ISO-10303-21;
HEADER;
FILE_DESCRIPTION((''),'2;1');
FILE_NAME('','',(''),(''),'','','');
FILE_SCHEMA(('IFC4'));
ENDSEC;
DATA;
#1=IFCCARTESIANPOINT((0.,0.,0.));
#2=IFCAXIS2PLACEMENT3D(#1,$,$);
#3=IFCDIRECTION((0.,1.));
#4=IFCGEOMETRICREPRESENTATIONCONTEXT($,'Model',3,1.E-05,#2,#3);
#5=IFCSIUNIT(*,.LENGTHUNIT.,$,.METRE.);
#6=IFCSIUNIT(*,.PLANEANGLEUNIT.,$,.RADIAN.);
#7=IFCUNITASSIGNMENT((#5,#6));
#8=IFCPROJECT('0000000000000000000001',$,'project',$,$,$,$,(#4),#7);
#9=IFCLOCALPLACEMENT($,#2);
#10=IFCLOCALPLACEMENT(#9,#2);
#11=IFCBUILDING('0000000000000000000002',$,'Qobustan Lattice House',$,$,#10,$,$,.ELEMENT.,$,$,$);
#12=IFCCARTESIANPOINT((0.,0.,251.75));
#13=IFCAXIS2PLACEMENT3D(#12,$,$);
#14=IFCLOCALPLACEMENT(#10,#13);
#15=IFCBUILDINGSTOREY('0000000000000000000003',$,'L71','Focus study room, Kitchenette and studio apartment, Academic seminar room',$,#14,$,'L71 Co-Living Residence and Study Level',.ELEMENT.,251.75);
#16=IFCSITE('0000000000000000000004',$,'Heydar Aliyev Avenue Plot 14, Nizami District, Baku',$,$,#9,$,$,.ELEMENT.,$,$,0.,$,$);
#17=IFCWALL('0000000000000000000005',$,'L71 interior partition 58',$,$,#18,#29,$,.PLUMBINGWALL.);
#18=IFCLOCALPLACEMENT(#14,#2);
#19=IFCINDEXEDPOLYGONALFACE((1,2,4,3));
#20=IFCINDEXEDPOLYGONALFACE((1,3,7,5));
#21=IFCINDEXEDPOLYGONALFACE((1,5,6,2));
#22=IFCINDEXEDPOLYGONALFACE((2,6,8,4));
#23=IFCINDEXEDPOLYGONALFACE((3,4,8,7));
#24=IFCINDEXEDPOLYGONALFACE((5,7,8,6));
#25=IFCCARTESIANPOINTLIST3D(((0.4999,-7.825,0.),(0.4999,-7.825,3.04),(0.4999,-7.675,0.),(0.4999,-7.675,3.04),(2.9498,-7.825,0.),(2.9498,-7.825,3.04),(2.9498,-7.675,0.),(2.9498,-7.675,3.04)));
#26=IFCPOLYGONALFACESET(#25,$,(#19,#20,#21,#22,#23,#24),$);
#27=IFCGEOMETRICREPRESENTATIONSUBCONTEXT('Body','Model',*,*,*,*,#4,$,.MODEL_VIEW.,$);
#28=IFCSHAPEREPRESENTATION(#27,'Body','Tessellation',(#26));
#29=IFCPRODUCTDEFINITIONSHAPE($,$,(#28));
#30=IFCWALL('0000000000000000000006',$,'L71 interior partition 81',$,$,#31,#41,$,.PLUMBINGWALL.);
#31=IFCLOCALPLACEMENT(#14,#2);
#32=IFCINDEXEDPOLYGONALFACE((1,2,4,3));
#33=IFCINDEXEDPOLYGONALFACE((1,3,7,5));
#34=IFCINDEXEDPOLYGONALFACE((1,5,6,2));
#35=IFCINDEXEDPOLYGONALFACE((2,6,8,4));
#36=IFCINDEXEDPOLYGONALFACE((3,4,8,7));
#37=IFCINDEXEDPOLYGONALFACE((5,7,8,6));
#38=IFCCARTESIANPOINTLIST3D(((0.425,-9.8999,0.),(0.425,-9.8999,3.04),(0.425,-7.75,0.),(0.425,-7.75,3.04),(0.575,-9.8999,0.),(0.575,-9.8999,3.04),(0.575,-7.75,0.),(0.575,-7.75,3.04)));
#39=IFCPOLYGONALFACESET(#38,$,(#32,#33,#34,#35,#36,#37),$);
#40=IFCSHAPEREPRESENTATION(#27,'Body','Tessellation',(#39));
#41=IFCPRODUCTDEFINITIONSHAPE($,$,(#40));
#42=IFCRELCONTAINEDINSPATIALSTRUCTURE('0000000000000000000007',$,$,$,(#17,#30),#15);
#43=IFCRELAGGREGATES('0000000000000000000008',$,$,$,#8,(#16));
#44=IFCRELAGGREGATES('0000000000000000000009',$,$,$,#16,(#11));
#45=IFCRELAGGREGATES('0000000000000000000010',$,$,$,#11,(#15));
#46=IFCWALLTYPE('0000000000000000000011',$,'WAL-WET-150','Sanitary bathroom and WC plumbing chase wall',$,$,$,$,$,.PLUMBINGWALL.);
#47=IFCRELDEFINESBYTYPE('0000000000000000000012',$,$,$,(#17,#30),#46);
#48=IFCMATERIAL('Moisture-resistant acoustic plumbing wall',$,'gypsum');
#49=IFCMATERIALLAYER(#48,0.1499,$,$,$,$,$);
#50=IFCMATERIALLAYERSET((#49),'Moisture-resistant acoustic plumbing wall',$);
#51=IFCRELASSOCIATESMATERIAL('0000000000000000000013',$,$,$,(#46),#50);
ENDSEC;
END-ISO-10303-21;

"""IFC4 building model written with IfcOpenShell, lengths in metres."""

from ifc_helpers import new_model, si_unit, direction, frame, frame_2d, origin, place, context, subcontext, project, spatial, rectangle, extrude, material, layer, layer_set, type_object, element, save


model = new_model("IFC4")

# Units and contexts
model_context = context("Model", 3, precision=1e-05, world=origin(), true_north=direction((0.0, 1.0)))
body_context = subcontext(model_context, "Body", "Model", "MODEL_VIEW")
ifc_project = project(units=[si_unit("LENGTHUNIT", "METRE"), si_unit("PLANEANGLEUNIT", "RADIAN")], contexts=[model_context])

# Site, building, storey
site_placement = place(None, origin())
site = spatial("IfcSite", under=ifc_project, at=site_placement, Name="Heydar Aliyev Avenue Plot 14, Nizami District, Baku", CompositionType="ELEMENT", RefElevation=0.0)
building_placement = place(site_placement, origin())
building = spatial("IfcBuilding", under=site, at=building_placement, Name="Qobustan Lattice House", CompositionType="ELEMENT")
storey_placement = place(building_placement, frame((0.0, 0.0, 251.75)))
storey = spatial("IfcBuildingStorey", under=building, at=storey_placement, Name="L71", Description="Focus study room, Kitchenette and studio apartment, Academic seminar room", LongName="L71 Co-Living Residence and Study Level", CompositionType="ELEMENT", Elevation=251.75)

# Walls
ifc_material_1 = material(Name="Moisture-resistant acoustic plumbing wall", Category="gypsum")
ifc_layer_1 = layer(ifc_material_1, 0.1499)
ifc_layer_set_1 = layer_set([ifc_layer_1], Name="Moisture-resistant acoustic plumbing wall")
wall_type_1 = type_object("IfcWallType", Name="WAL-WET-150", Description="Sanitary bathroom and WC plumbing chase wall", PredefinedType="PLUMBINGWALL", material=ifc_layer_set_1)
wall_1_placement = place(storey_placement, frame((2.95, -7.75, 0.0), z_axis=(0.0, 0.0, 1.0), x_axis=(-1.0, 0.0, 0.0)))
element("IfcWall", 1, at=wall_1_placement, inside=storey, type_object=wall_type_1, Name="L71 interior partition 58", PredefinedType="PLUMBINGWALL", context=body_context, shape_type="SweptSolid", body=[
    extrude(rectangle(XDim=2.45, YDim=0.1499, at=frame_2d((1.2251, 0.0))), origin(), (0.0, 0.0, 1.0), 3.04),
])
wall_2_placement = place(storey_placement, frame((0.5, -7.75, 0.0), z_axis=(0.0, 0.0, 1.0), x_axis=(0.0, -1.0, 0.0)))
element("IfcWall", 2, at=wall_2_placement, inside=storey, type_object=wall_type_1, Name="L71 interior partition 81", PredefinedType="PLUMBINGWALL", context=body_context, shape_type="SweptSolid", body=[
    extrude(rectangle(XDim=2.1499, YDim=0.1499, at=frame_2d((1.075, 0.0))), origin(), (0.0, 0.0, 1.0), 3.04),
])

save(model, "model.ifc")
